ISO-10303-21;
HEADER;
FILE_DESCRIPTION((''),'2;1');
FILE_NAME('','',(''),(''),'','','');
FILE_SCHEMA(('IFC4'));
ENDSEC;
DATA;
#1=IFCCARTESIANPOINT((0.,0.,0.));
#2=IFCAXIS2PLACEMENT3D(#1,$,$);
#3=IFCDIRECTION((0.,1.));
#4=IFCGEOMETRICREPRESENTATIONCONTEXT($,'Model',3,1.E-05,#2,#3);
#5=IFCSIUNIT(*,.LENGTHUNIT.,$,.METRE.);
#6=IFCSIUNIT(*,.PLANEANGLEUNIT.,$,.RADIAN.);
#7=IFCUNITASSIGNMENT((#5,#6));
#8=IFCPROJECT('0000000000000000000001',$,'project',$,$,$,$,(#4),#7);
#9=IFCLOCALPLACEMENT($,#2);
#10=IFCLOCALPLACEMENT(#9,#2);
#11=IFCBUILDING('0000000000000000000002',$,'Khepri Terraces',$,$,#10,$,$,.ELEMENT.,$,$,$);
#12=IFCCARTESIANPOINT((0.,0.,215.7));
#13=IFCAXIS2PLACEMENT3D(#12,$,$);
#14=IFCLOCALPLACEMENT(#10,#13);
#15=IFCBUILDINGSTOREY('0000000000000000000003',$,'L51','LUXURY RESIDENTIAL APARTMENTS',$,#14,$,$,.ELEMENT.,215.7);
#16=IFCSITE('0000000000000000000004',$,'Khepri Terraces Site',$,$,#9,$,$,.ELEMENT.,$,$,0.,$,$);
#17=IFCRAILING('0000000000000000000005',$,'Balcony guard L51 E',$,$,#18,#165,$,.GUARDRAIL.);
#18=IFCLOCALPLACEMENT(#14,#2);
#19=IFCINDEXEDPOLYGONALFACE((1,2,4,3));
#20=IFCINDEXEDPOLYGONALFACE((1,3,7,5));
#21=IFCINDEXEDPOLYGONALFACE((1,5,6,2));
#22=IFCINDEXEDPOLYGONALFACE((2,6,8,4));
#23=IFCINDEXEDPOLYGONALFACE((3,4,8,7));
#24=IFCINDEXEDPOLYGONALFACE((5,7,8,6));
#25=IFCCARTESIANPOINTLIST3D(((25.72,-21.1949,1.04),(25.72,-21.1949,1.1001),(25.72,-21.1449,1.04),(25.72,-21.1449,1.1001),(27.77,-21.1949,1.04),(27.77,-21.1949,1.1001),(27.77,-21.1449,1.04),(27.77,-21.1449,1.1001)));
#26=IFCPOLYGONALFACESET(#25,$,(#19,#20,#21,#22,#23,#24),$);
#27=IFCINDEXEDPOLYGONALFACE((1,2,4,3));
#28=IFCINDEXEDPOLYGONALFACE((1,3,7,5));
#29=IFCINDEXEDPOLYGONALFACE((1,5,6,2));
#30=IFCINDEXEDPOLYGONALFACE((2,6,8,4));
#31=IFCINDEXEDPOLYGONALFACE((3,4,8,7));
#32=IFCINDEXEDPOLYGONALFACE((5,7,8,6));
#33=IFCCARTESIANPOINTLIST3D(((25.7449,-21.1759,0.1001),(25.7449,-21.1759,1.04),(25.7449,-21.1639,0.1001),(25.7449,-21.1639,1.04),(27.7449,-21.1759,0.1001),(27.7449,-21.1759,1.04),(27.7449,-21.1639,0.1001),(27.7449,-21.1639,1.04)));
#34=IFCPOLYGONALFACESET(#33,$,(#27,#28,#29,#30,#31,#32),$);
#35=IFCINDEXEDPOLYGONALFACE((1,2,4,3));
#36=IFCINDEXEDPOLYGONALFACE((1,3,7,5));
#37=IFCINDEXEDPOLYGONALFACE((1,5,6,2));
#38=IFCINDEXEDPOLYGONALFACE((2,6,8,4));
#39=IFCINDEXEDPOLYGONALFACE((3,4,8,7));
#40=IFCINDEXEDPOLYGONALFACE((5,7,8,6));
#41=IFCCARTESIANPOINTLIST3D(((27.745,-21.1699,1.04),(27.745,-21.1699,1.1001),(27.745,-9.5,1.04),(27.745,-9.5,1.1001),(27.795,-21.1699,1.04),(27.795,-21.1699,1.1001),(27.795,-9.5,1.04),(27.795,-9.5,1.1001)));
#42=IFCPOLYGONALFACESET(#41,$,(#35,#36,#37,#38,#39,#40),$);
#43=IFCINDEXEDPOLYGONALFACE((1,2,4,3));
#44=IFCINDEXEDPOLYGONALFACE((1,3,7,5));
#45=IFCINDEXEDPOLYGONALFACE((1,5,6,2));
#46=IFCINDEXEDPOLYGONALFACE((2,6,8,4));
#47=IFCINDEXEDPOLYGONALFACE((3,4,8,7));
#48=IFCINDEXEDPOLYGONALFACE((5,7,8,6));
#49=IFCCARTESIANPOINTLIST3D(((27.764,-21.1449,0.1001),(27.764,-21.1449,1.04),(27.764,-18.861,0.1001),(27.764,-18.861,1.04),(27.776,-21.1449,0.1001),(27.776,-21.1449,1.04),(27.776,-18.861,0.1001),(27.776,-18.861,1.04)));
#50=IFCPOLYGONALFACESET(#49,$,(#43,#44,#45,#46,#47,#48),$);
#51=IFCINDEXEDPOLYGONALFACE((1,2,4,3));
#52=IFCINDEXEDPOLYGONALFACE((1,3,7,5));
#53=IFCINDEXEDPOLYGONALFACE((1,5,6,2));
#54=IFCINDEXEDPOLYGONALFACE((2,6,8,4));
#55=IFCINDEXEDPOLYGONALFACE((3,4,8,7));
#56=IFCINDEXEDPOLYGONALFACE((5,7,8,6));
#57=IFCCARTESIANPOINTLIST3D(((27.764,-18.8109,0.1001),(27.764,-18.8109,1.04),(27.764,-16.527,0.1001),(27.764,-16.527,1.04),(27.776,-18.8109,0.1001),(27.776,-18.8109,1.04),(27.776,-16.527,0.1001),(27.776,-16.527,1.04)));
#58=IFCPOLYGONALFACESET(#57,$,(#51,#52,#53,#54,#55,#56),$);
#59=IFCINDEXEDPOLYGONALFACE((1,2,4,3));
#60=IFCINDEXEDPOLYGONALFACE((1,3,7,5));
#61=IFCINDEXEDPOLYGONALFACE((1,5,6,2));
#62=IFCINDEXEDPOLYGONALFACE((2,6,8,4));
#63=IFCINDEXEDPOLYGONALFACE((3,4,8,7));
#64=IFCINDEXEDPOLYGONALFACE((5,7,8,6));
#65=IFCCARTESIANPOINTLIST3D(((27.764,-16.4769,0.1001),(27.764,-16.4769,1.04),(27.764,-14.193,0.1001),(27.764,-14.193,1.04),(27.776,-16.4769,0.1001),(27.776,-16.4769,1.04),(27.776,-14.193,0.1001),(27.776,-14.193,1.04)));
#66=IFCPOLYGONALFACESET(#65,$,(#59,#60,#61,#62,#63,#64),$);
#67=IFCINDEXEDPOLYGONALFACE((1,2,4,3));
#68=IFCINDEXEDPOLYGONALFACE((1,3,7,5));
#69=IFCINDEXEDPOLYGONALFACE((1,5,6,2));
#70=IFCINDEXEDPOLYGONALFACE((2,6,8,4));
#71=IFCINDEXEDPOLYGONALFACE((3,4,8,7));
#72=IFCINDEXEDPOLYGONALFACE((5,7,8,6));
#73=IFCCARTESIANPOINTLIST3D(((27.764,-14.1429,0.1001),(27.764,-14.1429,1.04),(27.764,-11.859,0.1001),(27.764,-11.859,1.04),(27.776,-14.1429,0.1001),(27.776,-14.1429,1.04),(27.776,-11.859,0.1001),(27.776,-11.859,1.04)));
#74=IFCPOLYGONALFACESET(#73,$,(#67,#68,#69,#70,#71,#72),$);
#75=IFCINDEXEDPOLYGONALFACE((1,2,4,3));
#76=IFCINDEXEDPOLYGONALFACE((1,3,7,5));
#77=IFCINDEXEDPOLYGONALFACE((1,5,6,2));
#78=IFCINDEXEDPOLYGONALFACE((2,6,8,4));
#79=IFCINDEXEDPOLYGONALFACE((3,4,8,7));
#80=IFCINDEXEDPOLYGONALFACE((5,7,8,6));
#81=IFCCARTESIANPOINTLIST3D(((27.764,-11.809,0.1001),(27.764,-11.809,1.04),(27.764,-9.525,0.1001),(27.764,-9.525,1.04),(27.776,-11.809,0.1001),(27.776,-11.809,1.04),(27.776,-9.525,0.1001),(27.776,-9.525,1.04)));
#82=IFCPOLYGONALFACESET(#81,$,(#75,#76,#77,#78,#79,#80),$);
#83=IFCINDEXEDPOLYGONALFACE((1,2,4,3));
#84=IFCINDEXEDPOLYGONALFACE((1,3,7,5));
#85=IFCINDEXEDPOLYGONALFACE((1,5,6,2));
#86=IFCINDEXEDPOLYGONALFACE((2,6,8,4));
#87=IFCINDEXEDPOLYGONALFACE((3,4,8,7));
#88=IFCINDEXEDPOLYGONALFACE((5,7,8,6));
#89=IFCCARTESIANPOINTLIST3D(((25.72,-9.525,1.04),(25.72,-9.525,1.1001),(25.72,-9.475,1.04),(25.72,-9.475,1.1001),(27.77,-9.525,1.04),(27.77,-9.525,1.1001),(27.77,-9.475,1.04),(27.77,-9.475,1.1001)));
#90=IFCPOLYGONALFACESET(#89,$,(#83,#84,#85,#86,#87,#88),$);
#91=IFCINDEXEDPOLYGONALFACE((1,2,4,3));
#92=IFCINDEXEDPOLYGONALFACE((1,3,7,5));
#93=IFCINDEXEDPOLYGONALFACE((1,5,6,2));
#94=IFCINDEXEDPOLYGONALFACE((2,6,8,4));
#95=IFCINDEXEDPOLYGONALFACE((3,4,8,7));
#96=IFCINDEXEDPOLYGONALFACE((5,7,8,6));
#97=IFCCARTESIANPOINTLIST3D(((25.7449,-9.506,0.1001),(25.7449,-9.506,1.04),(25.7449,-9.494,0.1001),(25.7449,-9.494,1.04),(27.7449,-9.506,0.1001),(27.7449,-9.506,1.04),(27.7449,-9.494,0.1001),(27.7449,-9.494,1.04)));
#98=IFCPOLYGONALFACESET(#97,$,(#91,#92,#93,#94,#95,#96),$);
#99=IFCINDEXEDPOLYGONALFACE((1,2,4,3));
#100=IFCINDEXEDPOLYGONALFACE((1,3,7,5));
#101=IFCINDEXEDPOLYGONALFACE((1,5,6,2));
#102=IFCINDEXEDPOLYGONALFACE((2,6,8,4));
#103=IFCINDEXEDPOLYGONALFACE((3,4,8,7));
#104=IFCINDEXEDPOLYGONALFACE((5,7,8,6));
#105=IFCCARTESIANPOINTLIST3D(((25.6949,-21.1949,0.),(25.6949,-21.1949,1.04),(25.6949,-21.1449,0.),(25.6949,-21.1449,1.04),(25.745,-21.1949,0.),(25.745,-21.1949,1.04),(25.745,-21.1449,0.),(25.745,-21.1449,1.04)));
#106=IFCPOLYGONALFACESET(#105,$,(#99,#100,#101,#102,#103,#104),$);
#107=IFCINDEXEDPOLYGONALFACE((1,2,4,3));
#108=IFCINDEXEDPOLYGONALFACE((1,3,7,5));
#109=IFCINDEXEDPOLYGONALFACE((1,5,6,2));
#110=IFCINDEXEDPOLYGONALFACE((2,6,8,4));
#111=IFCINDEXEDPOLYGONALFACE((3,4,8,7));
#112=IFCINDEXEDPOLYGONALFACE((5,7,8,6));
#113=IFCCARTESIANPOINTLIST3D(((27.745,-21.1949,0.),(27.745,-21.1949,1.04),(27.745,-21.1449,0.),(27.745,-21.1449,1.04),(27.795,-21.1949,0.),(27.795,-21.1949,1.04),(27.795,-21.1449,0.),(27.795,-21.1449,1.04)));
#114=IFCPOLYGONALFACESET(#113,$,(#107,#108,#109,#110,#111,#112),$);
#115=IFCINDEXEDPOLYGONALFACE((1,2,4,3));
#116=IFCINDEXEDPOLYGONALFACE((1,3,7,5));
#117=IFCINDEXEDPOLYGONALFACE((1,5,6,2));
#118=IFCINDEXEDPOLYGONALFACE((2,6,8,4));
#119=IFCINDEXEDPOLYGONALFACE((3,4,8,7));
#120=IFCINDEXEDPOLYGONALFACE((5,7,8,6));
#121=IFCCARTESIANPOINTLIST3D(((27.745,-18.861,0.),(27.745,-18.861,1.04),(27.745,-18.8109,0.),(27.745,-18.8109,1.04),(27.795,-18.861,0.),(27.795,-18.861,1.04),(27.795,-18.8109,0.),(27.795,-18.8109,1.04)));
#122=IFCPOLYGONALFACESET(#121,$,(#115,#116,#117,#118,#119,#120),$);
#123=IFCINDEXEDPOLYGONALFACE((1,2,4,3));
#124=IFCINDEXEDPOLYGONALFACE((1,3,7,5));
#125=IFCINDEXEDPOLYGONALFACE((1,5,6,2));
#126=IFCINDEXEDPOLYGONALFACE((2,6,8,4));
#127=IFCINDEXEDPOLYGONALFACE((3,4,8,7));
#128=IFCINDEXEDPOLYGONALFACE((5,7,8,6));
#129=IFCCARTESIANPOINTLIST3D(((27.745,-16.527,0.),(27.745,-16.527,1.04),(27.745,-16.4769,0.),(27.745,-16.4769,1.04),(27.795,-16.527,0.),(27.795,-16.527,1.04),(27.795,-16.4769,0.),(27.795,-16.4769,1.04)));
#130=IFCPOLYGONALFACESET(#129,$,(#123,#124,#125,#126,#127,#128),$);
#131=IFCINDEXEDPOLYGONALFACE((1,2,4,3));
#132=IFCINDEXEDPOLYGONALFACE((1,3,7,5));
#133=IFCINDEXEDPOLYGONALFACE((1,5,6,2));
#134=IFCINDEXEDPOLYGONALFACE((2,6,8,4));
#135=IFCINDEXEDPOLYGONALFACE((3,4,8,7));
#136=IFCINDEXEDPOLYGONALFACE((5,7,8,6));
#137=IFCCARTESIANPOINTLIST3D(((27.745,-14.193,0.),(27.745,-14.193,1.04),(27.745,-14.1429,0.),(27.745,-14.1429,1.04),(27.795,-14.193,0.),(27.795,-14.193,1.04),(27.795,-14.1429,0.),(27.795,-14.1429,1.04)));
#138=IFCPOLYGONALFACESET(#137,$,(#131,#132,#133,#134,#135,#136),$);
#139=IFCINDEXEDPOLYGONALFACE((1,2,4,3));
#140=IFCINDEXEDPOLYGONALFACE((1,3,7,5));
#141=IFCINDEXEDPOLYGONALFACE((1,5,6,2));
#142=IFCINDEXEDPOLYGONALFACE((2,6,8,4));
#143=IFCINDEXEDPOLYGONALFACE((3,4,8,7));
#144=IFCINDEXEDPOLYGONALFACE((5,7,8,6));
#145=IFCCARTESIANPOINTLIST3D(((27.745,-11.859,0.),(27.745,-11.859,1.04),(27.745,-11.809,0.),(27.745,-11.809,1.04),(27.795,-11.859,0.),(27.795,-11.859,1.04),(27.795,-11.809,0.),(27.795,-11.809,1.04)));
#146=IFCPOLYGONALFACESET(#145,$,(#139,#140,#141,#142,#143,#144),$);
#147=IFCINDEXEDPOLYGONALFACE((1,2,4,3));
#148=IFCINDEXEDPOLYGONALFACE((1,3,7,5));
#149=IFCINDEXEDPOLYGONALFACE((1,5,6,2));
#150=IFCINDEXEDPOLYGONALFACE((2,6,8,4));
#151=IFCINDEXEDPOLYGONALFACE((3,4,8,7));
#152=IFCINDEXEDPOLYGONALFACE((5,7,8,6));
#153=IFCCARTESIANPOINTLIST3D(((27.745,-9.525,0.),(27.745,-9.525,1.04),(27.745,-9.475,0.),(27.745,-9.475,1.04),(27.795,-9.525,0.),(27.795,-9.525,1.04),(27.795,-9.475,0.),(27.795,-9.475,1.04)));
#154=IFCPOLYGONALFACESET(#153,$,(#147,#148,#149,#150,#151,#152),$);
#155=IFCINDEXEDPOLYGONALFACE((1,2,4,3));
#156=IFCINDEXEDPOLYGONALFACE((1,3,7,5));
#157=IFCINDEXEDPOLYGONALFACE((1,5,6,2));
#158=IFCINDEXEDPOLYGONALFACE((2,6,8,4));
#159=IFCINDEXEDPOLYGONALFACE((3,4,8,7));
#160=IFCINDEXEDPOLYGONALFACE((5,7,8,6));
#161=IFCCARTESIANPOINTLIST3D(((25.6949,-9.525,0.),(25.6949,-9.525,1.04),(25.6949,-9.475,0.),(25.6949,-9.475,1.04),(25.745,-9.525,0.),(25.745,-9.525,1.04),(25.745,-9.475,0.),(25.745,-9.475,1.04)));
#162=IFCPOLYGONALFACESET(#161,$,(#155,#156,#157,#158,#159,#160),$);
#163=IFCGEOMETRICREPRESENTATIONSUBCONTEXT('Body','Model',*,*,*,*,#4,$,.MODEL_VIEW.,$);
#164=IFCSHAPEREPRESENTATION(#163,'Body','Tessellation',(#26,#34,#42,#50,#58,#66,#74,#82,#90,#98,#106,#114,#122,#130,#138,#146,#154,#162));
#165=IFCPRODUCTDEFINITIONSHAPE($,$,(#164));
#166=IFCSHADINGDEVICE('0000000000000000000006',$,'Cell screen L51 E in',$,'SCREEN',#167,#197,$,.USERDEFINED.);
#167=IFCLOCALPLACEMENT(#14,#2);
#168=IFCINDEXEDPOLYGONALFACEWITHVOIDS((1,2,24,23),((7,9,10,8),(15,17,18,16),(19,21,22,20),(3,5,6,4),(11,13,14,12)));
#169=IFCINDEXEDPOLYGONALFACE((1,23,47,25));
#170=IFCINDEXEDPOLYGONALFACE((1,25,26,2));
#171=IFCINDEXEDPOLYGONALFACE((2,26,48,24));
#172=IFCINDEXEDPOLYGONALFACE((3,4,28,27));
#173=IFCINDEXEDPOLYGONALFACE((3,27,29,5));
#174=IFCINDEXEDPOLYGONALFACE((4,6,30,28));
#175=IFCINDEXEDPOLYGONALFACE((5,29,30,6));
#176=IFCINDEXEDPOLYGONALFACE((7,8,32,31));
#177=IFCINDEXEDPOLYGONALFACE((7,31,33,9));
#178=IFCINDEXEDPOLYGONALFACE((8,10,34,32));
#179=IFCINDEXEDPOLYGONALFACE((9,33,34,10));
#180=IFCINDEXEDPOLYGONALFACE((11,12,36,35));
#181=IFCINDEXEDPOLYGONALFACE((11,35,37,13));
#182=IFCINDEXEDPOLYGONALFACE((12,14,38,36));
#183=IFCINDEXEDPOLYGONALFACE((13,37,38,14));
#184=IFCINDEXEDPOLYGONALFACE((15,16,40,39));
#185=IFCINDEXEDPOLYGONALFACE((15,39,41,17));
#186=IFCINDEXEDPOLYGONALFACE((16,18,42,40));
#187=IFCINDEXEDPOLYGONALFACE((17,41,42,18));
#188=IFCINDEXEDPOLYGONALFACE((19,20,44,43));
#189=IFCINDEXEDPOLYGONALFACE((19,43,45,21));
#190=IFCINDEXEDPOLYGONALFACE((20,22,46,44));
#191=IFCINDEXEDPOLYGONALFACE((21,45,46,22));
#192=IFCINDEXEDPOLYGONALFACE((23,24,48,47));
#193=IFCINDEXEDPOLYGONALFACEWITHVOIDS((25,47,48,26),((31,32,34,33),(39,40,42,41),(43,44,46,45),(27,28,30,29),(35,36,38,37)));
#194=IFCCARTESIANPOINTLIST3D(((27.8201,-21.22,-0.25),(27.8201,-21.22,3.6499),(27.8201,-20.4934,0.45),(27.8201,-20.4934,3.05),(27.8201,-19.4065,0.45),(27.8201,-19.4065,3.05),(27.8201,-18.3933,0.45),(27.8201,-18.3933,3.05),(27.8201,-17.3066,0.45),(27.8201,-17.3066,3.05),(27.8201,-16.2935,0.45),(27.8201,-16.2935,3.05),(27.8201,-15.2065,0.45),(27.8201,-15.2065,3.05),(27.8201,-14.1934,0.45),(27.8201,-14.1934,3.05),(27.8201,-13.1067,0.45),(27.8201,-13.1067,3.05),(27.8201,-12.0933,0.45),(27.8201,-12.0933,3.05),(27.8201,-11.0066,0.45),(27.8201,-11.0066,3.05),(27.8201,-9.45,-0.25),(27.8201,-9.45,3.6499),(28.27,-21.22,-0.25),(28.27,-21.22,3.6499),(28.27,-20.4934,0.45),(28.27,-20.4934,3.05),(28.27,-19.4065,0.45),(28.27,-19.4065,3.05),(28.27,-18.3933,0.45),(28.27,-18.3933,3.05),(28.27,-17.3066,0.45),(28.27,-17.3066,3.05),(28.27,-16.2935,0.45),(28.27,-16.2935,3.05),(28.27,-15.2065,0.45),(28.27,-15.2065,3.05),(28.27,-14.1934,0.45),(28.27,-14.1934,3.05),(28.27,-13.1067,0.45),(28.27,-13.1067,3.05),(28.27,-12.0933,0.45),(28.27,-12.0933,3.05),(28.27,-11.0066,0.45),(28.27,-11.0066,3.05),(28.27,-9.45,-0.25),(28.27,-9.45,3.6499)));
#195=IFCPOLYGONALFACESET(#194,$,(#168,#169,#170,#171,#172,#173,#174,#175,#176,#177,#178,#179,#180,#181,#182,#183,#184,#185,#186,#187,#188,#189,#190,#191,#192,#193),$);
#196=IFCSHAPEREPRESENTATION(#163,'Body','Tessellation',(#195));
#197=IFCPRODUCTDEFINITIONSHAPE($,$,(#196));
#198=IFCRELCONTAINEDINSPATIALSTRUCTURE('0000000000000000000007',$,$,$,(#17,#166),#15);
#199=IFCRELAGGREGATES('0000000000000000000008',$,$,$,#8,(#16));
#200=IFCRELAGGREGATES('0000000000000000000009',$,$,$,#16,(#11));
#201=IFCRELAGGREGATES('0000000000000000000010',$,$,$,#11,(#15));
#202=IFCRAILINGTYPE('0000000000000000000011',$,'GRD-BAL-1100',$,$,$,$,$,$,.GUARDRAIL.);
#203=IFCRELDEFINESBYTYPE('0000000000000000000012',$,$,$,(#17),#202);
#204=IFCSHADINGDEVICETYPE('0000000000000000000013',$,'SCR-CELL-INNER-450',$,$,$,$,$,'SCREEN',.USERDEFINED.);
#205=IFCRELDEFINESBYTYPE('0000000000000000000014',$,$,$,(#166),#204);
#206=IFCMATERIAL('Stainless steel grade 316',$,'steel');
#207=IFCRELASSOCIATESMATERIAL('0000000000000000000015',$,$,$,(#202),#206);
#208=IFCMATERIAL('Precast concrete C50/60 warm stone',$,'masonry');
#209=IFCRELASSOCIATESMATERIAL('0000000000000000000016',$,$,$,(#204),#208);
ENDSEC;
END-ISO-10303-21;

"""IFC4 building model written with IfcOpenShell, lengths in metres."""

from ifc_helpers import new_model, si_unit, direction, frame, origin, origin_2d, place, context, subcontext, project, spatial, polyline, rectangle, outline, extrude, material, type_object, element, save


model = new_model("IFC4")

# Units and contexts
model_context = context("Model", 3, precision=1e-05, world=origin(), true_north=direction((0.0, 1.0)))
body_context = subcontext(model_context, "Body", "Model", "MODEL_VIEW")
ifc_project = project(units=[si_unit("LENGTHUNIT", "METRE"), si_unit("PLANEANGLEUNIT", "RADIAN")], contexts=[model_context])

# Site, building, storey
site_placement = place(None, origin())
site = spatial("IfcSite", under=ifc_project, at=site_placement, Name="Khepri Terraces Site", CompositionType="ELEMENT", RefElevation=0.0)
building_placement = place(site_placement, origin())
building = spatial("IfcBuilding", under=site, at=building_placement, Name="Khepri Terraces", CompositionType="ELEMENT")
storey_placement = place(building_placement, frame((0.0, 0.0, 215.7)))
storey = spatial("IfcBuildingStorey", under=building, at=storey_placement, Name="L51", Description="LUXURY RESIDENTIAL APARTMENTS", CompositionType="ELEMENT", Elevation=215.7)

# Shared definitions
ifc_material_1 = material(Name="Precast concrete C50/60 warm stone", Category="masonry")

# Railing
ifc_material_2 = material(Name="Stainless steel grade 316", Category="steel")
railing_type = type_object("IfcRailingType", Name="GRD-BAL-1100", PredefinedType="GUARDRAIL", material=ifc_material_2)
railing_placement = place(storey_placement, frame((25.72, -21.1699, 0.0)))
element("IfcRailing", 1, at=railing_placement, inside=storey, type_object=railing_type, Name="Balcony guard L51 E", PredefinedType="GUARDRAIL", context=body_context, shape_type="SweptSolid", body=[
    extrude(rectangle(XDim=0.05, YDim=0.0601, at=origin_2d()), frame((0.0, 0.0, 1.0701), z_axis=(1.0, 0.0, 0.0), x_axis=(0.0, 1.0, 0.0)), (0.0, 0.0, 1.0), 2.05),
    extrude(rectangle(XDim=2.0, YDim=0.012, at=origin_2d()), frame((1.0249, 0.0, 0.1001), z_axis=(0.0, 0.0, 1.0), x_axis=(1.0, 0.0, 0.0)), (0.0, 0.0, 1.0), 0.9399),
    extrude(rectangle(XDim=0.05, YDim=0.0601, at=origin_2d()), frame((2.05, 0.0, 1.0701), z_axis=(0.0, 1.0, 0.0), x_axis=(-1.0, 0.0, 0.0)), (0.0, 0.0, 1.0), 11.6699),
    extrude(rectangle(XDim=2.2839, YDim=0.012, at=origin_2d()), frame((2.05, 1.167, 0.1001), z_axis=(0.0, 0.0, 1.0), x_axis=(0.0, 1.0, 0.0)), (0.0, 0.0, 1.0), 0.9399),
    extrude(rectangle(XDim=2.2839, YDim=0.012, at=origin_2d()), frame((2.05, 3.501, 0.1001), z_axis=(0.0, 0.0, 1.0), x_axis=(0.0, 1.0, 0.0)), (0.0, 0.0, 1.0), 0.9399),
    extrude(rectangle(XDim=2.2839, YDim=0.012, at=origin_2d()), frame((2.05, 5.835, 0.1001), z_axis=(0.0, 0.0, 1.0), x_axis=(0.0, 1.0, 0.0)), (0.0, 0.0, 1.0), 0.9399),
    extrude(rectangle(XDim=2.2839, YDim=0.012, at=origin_2d()), frame((2.05, 8.1689, 0.1001), z_axis=(0.0, 0.0, 1.0), x_axis=(0.0, 1.0, 0.0)), (0.0, 0.0, 1.0), 0.9399),
    extrude(rectangle(XDim=2.2839, YDim=0.012, at=origin_2d()), frame((2.05, 10.5029, 0.1001), z_axis=(0.0, 0.0, 1.0), x_axis=(0.0, 1.0, 0.0)), (0.0, 0.0, 1.0), 0.9399),
    extrude(rectangle(XDim=0.05, YDim=0.0601, at=origin_2d()), frame((2.05, 11.6699, 1.0701), z_axis=(-1.0, 0.0, 0.0), x_axis=(0.0, -1.0, 0.0)), (0.0, 0.0, 1.0), 2.05),
    extrude(rectangle(XDim=2.0, YDim=0.012, at=origin_2d()), frame((1.0249, 11.6699, 0.1001), z_axis=(0.0, 0.0, 1.0), x_axis=(-1.0, 0.0, 0.0)), (0.0, 0.0, 1.0), 0.9399),
    extrude(rectangle(XDim=0.05, YDim=0.05, at=origin_2d()), origin(), (0.0, 0.0, 1.0), 1.04),
    extrude(rectangle(XDim=0.05, YDim=0.05, at=origin_2d()), frame((2.05, 0.0, 0.0)), (0.0, 0.0, 1.0), 1.04),
    extrude(rectangle(XDim=0.05, YDim=0.05, at=origin_2d()), frame((2.05, 2.334, 0.0)), (0.0, 0.0, 1.0), 1.04),
    extrude(rectangle(XDim=0.05, YDim=0.05, at=origin_2d()), frame((2.05, 4.668, 0.0)), (0.0, 0.0, 1.0), 1.04),
    extrude(rectangle(XDim=0.05, YDim=0.05, at=origin_2d()), frame((2.05, 7.002, 0.0)), (0.0, 0.0, 1.0), 1.04),
    extrude(rectangle(XDim=0.05, YDim=0.05, at=origin_2d()), frame((2.05, 9.3359, 0.0)), (0.0, 0.0, 1.0), 1.04),
    extrude(rectangle(XDim=0.05, YDim=0.05, at=origin_2d()), frame((2.05, 11.6699, 0.0)), (0.0, 0.0, 1.0), 1.04),
    extrude(rectangle(XDim=0.05, YDim=0.05, at=origin_2d()), frame((0.0, 11.6699, 0.0)), (0.0, 0.0, 1.0), 1.04),
])

# Shading device
shading_device_type_1 = type_object("IfcShadingDeviceType", Name="SCR-CELL-INNER-450", ElementType="SCREEN", PredefinedType="USERDEFINED", material=ifc_material_1)
shading_device_1_placement = place(storey_placement, frame((27.8201, -21.22, -0.25), z_axis=(1.0, 0.0, 0.0), x_axis=(0.0, 1.0, 0.0)))
element("IfcShadingDevice", 2, at=shading_device_1_placement, inside=storey, type_object=shading_device_type_1, Name="Cell screen L51 E in", ObjectType="SCREEN", PredefinedType="USERDEFINED", context=body_context, shape_type="SweptSolid", body=[
    extrude(outline(polyline([(0.0, 0.0), (11.77, 0.0), (11.77, 3.8999), (0.0, 3.8999), (0.0, 0.0)]), holes=[polyline([(0.7266, 0.7), (1.8135, 0.7), (1.8135, 3.3), (0.7266, 3.3), (0.7266, 0.7)]), polyline([(2.8267, 0.7), (3.9133, 0.7), (3.9133, 3.3), (2.8267, 3.3), (2.8267, 0.7)]), polyline([(4.9265, 0.7), (6.0134, 0.7), (6.0134, 3.3), (4.9265, 3.3), (4.9265, 0.7)]), polyline([(7.0266, 0.7), (8.1133, 0.7), (8.1133, 3.3), (7.0266, 3.3), (7.0266, 0.7)]), polyline([(9.1267, 0.7), (10.2134, 0.7), (10.2134, 3.3), (9.1267, 3.3), (9.1267, 0.7)])]), origin(), (0.0, 0.0, 1.0), 0.45),
])

save(model, "model.ifc")
